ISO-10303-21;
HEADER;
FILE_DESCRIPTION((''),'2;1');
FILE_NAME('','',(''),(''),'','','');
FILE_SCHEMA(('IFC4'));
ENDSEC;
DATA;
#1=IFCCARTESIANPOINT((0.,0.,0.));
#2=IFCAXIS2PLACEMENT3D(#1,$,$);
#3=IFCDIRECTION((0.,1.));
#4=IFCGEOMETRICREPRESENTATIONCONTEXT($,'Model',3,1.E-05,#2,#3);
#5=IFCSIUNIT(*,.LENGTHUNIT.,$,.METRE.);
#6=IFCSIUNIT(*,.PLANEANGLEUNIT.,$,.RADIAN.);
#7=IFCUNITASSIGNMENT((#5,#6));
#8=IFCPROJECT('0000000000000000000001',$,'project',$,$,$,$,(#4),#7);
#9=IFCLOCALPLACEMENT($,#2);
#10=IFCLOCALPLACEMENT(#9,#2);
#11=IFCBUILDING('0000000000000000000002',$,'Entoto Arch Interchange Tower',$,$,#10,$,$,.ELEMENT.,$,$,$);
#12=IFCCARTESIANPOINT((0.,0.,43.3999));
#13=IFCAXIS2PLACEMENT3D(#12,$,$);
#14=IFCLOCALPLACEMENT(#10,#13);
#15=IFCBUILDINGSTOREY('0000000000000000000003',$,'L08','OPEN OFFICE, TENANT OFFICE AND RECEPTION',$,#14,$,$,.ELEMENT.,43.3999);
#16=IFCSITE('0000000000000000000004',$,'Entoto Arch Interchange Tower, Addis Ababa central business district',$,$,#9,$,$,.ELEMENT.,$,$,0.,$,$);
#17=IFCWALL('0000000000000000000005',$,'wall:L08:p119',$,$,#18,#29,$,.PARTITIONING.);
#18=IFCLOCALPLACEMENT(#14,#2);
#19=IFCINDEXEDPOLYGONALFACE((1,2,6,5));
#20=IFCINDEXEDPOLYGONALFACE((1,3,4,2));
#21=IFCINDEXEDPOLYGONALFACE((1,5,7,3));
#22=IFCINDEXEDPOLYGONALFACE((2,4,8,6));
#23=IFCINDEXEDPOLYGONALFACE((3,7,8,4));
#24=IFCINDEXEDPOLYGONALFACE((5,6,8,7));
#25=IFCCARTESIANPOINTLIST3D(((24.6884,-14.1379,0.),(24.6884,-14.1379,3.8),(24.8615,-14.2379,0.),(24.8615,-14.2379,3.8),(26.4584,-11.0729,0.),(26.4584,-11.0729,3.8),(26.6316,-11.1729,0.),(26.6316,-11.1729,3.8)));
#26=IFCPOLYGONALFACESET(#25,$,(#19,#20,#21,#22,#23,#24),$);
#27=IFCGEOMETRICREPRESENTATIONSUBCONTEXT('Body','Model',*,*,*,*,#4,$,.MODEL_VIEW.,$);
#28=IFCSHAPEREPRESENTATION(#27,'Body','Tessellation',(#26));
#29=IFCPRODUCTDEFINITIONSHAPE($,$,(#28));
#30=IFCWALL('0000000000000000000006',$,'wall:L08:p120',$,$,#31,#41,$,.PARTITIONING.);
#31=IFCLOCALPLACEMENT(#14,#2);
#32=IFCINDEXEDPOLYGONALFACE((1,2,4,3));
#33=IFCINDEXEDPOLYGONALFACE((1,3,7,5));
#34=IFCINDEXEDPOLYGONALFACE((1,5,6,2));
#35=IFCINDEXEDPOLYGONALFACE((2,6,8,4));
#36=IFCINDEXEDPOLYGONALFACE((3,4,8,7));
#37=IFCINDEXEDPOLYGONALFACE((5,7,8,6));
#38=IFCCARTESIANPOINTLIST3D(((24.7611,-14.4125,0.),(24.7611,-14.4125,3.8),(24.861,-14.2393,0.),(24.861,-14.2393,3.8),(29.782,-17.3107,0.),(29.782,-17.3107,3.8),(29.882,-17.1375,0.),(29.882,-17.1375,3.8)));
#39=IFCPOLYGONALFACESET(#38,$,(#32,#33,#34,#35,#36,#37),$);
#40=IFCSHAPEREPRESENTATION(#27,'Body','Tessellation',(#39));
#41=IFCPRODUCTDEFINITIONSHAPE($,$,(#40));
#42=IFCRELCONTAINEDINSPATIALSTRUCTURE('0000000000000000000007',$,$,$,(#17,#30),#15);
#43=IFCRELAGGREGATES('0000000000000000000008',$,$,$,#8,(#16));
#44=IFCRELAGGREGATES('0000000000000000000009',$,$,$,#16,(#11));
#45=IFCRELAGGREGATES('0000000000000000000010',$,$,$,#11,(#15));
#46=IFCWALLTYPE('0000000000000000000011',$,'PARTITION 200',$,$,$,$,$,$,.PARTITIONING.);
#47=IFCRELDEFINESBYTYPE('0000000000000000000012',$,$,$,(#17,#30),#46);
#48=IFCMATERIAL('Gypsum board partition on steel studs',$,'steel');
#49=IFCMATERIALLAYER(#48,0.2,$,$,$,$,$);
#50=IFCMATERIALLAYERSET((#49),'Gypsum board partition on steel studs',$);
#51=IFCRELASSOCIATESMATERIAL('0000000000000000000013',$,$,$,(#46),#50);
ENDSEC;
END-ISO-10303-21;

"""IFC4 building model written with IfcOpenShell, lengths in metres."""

from ifc_helpers import new_model, si_unit, direction, frame, frame_2d, origin, place, context, subcontext, project, spatial, rectangle, extrude, material, layer, layer_set, type_object, element, save


model = new_model("IFC4")

# Units and contexts
model_context = context("Model", 3, precision=1e-05, world=origin(), true_north=direction((0.0, 1.0)))
body_context = subcontext(model_context, "Body", "Model", "MODEL_VIEW")
ifc_project = project(units=[si_unit("LENGTHUNIT", "METRE"), si_unit("PLANEANGLEUNIT", "RADIAN")], contexts=[model_context])

# Site, building, storey
site_placement = place(None, origin())
site = spatial("IfcSite", under=ifc_project, at=site_placement, Name="Entoto Arch Interchange Tower, Addis Ababa central business district", CompositionType="ELEMENT", RefElevation=0.0)
building_placement = place(site_placement, origin())
building = spatial("IfcBuilding", under=site, at=building_placement, Name="Entoto Arch Interchange Tower", CompositionType="ELEMENT")
storey_placement = place(building_placement, frame((0.0, 0.0, 43.3999)))
storey = spatial("IfcBuildingStorey", under=building, at=storey_placement, Name="L08", Description="OPEN OFFICE, TENANT OFFICE AND RECEPTION", CompositionType="ELEMENT", Elevation=43.3999)

# Shared definitions
ifc_material_1 = material(Name="Gypsum board partition on steel studs", Category="steel")

# Shared definitions
ifc_layer_1 = layer(ifc_material_1, 0.2)
ifc_layer_set_1 = layer_set([ifc_layer_1], Name="Gypsum board partition on steel studs")
wall_type_1 = type_object("IfcWallType", Name="PARTITION 200", PredefinedType="PARTITIONING", material=ifc_layer_set_1)

# Walls
wall_1_placement = place(storey_placement, frame((26.5449, -11.123, 0.0), z_axis=(0.0, 0.0, 1.0), x_axis=(-0.500101, -0.865967, 0.0)))
element("IfcWall", 1, at=wall_1_placement, inside=storey, type_object=wall_type_1, Name="wall:L08:p119", PredefinedType="PARTITIONING", context=body_context, shape_type="SweptSolid", body=[
    extrude(rectangle(XDim=3.5393, YDim=0.2, at=frame_2d((1.7695, 0.0))), origin(), (0.0, 0.0, 1.0), 3.8),
])
wall_2_placement = place(storey_placement, frame((24.811, -14.3259, 0.0), z_axis=(0.0, 0.0, 1.0), x_axis=(0.866076, -0.499912, 0.0)))
element("IfcWall", 2, at=wall_2_placement, inside=storey, type_object=wall_type_1, Name="wall:L08:p120", PredefinedType="PARTITIONING", context=body_context, shape_type="SweptSolid", body=[
    extrude(rectangle(XDim=5.7974, YDim=0.2, at=frame_2d((2.8987, 0.0))), origin(), (0.0, 0.0, 1.0), 3.8),
])

save(model, "model.ifc")
